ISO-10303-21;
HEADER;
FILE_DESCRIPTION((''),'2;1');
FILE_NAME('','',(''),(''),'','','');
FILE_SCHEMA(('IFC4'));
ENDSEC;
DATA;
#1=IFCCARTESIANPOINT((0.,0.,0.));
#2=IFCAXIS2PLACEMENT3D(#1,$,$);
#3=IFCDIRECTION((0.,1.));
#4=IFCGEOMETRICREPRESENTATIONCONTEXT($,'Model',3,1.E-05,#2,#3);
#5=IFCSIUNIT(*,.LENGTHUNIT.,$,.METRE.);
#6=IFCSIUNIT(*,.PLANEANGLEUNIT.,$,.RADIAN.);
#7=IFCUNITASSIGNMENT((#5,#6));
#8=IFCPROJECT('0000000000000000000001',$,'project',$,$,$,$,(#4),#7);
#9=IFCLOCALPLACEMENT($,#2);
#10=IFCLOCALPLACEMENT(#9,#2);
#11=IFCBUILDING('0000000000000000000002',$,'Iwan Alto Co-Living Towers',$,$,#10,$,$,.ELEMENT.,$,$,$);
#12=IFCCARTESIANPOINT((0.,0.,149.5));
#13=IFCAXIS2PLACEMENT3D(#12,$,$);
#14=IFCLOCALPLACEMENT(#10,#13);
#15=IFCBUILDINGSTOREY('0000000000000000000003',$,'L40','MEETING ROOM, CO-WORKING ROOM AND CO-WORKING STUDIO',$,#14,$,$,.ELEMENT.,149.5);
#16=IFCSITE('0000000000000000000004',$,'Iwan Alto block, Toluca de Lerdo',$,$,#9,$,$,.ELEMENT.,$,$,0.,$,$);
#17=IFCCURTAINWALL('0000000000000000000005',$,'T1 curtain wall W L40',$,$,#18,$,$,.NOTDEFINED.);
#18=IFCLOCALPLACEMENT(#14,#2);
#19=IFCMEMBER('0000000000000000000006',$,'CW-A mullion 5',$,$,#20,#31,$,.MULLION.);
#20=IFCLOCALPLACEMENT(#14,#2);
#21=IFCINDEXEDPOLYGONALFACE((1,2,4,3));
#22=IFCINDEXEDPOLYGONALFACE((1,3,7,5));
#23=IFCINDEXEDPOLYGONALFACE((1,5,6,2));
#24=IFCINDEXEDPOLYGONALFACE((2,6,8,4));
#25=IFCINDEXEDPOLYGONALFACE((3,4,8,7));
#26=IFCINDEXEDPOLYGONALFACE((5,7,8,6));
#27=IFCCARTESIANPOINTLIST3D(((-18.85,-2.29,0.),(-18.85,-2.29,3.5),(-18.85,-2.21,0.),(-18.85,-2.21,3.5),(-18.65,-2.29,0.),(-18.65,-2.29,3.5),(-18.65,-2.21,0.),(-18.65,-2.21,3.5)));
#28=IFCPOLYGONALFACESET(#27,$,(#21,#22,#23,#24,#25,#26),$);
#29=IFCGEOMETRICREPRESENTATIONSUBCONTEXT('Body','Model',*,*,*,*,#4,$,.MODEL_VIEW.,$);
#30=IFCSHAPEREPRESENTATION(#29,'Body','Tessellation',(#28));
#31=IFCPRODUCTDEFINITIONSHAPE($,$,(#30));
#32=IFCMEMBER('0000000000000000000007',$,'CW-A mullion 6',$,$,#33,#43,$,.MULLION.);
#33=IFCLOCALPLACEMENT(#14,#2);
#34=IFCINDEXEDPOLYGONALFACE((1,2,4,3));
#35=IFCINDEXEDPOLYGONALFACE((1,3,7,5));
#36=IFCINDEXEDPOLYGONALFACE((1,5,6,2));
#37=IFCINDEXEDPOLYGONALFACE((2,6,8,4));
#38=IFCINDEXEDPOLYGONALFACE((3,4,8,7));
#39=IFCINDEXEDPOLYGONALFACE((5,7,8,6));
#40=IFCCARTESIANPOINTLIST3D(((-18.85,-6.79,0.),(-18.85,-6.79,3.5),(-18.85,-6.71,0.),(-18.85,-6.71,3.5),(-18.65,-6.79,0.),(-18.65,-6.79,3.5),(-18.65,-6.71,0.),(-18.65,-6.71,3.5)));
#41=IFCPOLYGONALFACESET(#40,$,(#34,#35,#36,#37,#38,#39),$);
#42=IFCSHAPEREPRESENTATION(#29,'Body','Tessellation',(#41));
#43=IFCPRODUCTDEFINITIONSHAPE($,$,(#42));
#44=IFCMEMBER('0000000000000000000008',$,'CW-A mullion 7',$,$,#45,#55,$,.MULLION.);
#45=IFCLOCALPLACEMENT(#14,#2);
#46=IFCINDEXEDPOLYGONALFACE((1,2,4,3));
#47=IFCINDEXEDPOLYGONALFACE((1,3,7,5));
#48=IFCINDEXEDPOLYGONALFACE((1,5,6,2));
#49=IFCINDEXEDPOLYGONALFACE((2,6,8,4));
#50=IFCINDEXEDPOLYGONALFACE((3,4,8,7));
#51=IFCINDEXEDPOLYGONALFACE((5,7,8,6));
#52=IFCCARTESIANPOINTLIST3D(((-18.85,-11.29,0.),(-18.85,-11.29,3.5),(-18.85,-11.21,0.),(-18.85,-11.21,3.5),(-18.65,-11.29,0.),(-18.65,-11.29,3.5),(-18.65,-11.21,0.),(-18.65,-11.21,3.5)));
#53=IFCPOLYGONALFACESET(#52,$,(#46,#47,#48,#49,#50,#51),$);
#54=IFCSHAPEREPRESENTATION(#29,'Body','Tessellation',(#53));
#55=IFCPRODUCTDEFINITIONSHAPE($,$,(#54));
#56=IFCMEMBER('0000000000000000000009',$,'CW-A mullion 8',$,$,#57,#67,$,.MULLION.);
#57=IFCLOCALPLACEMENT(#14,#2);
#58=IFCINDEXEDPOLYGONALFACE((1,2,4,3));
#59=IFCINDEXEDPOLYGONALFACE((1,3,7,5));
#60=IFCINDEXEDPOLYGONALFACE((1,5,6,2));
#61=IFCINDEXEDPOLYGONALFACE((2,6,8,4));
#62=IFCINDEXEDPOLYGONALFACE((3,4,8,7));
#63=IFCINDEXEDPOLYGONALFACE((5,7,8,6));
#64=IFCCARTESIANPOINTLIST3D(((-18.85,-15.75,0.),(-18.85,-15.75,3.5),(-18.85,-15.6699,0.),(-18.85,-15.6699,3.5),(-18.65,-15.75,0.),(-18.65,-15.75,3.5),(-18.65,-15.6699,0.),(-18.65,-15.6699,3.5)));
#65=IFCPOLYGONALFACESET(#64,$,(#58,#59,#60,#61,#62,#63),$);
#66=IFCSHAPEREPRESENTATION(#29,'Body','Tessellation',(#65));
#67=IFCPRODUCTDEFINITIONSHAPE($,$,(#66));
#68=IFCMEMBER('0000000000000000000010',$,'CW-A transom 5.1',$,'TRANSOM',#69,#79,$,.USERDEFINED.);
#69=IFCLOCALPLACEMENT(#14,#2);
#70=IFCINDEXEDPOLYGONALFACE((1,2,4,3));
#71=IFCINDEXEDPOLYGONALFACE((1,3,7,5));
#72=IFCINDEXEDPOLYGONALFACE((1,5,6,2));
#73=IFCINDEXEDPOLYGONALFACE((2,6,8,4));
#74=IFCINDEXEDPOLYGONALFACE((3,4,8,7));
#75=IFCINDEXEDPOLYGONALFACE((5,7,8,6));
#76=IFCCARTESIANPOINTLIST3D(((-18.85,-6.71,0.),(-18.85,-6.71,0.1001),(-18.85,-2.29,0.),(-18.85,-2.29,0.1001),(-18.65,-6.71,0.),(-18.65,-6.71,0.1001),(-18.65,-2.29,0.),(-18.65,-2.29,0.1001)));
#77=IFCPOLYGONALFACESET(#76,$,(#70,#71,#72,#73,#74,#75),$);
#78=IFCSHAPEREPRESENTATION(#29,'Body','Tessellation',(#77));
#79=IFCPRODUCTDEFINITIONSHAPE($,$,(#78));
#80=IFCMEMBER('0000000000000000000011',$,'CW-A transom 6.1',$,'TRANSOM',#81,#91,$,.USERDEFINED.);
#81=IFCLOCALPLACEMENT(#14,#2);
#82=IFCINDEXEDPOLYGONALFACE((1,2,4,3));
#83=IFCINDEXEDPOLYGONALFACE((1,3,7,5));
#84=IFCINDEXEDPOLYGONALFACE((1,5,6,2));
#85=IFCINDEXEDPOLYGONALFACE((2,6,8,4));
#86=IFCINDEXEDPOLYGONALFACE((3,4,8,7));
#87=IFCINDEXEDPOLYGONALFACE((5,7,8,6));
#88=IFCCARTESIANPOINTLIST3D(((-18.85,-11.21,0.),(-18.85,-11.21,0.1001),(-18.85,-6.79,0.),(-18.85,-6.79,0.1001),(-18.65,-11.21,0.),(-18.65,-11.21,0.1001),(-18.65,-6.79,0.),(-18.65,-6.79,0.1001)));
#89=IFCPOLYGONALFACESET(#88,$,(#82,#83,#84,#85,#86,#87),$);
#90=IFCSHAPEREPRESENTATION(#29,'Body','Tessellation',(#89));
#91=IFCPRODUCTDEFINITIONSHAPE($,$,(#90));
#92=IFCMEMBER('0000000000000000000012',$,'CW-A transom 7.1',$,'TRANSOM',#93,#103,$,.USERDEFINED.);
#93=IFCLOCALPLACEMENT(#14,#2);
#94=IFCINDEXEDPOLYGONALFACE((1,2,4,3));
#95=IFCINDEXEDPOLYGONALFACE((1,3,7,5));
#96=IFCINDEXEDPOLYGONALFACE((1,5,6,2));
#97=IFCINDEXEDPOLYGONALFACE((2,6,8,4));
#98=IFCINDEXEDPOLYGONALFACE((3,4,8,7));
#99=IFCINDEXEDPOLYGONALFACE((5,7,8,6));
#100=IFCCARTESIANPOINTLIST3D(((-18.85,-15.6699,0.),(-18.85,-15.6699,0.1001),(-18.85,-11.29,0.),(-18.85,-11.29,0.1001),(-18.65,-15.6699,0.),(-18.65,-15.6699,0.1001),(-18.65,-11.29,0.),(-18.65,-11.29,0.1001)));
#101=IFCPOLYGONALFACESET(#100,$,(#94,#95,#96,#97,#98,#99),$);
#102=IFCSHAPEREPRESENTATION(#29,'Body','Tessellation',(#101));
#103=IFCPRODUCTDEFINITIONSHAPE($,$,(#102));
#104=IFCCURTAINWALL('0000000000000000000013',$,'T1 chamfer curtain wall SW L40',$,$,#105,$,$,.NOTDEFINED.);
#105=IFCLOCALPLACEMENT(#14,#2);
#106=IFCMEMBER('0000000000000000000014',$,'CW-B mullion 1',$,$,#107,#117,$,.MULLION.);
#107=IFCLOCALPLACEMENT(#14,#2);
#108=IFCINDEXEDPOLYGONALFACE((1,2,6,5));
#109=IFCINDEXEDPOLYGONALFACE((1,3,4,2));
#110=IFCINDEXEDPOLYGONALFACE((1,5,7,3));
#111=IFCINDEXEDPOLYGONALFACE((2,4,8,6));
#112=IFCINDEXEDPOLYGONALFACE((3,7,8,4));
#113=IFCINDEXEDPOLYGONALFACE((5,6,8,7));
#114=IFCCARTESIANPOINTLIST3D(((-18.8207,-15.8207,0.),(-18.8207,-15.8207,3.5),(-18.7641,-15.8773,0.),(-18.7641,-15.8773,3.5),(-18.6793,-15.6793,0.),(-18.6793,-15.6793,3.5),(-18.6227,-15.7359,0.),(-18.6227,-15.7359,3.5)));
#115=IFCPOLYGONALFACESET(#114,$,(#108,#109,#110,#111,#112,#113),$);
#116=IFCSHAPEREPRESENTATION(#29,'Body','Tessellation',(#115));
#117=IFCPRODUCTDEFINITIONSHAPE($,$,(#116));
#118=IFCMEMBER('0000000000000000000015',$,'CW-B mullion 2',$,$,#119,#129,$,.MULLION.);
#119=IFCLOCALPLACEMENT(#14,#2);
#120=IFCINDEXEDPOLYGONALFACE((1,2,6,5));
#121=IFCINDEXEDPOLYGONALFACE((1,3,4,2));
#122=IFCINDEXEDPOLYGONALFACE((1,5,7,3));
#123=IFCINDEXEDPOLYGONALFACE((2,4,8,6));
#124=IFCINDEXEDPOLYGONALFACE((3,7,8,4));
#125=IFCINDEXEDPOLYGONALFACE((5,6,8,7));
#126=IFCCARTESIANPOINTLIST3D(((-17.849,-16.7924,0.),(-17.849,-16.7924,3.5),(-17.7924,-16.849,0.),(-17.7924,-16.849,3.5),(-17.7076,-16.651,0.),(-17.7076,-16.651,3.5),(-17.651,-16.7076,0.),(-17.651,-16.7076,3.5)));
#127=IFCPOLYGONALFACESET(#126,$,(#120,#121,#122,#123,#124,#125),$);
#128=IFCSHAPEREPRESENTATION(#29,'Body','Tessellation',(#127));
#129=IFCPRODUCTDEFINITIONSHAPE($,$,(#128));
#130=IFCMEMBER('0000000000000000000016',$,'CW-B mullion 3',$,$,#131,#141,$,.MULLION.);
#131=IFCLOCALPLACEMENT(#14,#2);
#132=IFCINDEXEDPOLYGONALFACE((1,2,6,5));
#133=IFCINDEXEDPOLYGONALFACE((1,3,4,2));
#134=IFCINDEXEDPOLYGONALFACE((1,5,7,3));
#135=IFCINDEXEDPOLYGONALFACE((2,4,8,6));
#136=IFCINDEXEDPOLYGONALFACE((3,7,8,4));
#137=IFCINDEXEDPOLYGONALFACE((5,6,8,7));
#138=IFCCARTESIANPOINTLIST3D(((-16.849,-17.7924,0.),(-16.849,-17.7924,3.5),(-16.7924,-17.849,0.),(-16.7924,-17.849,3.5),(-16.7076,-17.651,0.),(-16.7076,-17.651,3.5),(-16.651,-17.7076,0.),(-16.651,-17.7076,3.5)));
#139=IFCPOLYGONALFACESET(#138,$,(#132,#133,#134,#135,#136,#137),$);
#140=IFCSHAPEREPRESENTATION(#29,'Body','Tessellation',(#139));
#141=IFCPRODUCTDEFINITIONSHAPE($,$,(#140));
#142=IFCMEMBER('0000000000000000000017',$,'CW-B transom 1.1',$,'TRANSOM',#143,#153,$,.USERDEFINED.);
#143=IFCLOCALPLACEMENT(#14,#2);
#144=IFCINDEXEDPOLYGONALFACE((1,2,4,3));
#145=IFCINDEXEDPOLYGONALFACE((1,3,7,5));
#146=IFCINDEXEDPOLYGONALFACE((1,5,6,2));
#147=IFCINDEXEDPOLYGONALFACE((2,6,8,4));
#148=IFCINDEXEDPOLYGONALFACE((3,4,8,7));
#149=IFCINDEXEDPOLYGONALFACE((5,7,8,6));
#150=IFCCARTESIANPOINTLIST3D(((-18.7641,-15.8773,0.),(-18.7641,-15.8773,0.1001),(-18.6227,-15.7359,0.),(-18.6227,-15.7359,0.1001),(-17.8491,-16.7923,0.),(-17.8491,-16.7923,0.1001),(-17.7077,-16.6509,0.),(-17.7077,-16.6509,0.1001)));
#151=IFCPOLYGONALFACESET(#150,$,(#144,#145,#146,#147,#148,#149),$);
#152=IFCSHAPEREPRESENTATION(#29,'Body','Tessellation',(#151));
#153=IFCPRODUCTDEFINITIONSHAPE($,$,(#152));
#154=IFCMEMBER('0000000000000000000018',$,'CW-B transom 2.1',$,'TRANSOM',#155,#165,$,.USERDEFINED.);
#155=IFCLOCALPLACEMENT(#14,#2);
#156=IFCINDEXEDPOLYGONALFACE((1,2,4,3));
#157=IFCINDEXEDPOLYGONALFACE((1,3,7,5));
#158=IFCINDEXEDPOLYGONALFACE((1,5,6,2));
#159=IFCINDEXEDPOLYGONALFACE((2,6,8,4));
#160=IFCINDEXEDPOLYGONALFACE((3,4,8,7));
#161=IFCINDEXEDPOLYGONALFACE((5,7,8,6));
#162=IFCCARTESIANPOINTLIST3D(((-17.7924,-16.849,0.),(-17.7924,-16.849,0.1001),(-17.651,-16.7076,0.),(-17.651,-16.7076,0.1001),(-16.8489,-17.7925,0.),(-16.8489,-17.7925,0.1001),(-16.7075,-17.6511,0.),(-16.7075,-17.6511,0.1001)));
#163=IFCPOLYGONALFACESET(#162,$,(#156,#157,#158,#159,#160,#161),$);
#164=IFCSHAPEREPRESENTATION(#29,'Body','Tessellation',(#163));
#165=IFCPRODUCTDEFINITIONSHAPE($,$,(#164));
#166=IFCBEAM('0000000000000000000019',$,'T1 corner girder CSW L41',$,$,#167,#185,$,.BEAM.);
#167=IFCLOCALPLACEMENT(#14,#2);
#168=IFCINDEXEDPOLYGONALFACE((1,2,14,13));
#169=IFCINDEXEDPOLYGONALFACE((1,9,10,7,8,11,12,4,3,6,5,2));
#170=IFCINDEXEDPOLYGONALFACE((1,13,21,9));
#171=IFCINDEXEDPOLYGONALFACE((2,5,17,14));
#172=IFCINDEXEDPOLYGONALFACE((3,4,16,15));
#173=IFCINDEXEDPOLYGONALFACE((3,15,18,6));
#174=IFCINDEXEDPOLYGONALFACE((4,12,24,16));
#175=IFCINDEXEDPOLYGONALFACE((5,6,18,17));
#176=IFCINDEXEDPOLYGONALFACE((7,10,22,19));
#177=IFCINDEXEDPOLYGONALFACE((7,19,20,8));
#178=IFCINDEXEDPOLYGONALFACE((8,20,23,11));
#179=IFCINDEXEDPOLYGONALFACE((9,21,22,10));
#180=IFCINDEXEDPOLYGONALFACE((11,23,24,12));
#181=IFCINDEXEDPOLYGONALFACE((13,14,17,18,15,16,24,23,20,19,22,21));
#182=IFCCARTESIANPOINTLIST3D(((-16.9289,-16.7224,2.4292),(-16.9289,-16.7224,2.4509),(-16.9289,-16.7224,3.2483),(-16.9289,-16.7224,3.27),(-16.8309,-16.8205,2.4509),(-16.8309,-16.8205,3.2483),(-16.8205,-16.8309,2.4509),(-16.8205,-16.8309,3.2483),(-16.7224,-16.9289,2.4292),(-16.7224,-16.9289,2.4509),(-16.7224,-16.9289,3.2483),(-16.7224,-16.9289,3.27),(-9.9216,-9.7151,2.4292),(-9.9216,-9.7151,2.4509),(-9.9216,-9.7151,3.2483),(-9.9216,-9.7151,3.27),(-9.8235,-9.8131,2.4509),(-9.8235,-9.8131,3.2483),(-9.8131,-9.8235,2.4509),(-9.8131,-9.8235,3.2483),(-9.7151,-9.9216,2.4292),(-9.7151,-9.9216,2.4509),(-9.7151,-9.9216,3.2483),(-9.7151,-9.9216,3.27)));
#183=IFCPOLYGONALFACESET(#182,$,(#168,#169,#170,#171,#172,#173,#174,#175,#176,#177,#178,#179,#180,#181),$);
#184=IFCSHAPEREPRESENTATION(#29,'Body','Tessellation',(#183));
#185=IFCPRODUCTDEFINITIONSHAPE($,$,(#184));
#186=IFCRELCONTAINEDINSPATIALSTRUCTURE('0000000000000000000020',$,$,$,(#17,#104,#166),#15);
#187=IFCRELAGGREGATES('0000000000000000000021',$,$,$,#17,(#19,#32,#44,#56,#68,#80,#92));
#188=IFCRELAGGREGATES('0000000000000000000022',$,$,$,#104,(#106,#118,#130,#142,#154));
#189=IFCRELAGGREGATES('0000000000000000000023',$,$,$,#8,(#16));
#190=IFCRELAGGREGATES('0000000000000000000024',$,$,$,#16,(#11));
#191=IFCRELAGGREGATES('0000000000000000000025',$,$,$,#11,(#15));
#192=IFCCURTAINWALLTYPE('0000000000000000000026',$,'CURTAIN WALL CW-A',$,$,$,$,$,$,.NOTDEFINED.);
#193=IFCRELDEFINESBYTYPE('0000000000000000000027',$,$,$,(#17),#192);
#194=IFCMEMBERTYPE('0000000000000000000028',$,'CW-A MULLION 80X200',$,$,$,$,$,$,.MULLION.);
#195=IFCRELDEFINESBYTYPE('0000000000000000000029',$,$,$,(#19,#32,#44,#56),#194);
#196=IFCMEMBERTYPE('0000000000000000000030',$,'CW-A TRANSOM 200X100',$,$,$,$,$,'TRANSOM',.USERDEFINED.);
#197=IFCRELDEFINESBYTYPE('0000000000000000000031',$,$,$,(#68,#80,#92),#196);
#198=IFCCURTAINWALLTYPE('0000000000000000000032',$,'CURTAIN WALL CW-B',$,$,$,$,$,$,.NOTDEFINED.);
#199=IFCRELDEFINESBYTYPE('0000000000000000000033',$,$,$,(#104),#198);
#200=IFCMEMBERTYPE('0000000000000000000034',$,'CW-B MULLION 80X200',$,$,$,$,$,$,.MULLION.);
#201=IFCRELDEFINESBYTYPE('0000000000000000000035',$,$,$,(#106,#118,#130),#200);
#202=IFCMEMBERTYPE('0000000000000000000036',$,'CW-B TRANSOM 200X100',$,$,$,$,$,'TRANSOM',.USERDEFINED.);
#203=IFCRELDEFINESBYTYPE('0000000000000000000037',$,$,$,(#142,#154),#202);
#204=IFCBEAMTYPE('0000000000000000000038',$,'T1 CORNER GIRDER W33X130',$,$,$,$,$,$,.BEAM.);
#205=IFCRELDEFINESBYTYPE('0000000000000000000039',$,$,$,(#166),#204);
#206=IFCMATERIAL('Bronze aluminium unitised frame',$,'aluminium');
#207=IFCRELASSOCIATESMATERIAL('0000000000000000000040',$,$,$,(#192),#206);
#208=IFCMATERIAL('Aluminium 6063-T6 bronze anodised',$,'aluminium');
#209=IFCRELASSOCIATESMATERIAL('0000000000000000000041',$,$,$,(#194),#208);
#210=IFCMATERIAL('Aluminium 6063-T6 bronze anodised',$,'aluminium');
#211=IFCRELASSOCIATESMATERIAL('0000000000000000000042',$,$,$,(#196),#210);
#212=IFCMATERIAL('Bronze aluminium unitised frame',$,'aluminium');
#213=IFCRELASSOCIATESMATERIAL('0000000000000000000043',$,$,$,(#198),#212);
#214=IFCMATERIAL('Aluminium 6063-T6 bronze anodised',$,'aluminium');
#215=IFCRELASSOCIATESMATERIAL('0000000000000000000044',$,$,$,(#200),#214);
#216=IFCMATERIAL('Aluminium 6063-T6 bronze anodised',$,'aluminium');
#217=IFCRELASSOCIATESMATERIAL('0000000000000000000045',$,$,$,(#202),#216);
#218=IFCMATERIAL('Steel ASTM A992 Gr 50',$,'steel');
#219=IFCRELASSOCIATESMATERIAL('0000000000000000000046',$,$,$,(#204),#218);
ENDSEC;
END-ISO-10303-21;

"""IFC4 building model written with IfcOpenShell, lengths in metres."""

from ifc_helpers import new_model, si_unit, direction, frame, origin, origin_2d, place, context, subcontext, project, spatial, rectangle, i_section, extrude, material, material_profile, profile_set, type_object, element, aggregate, save


model = new_model("IFC4")

# Units and contexts
model_context = context("Model", 3, precision=1e-05, world=origin(), true_north=direction((0.0, 1.0)))
body_context = subcontext(model_context, "Body", "Model", "MODEL_VIEW")
ifc_project = project(units=[si_unit("LENGTHUNIT", "METRE"), si_unit("PLANEANGLEUNIT", "RADIAN")], contexts=[model_context])

# Site, building, storey
site_placement = place(None, origin())
site = spatial("IfcSite", under=ifc_project, at=site_placement, Name="Iwan Alto block, Toluca de Lerdo", CompositionType="ELEMENT", RefElevation=0.0)
building_placement = place(site_placement, origin())
building = spatial("IfcBuilding", under=site, at=building_placement, Name="Iwan Alto Co-Living Towers", CompositionType="ELEMENT")
storey_placement = place(building_placement, frame((0.0, 0.0, 149.5)))
storey = spatial("IfcBuildingStorey", under=building, at=storey_placement, Name="L40", Description="MEETING ROOM, CO-WORKING ROOM AND CO-WORKING STUDIO", CompositionType="ELEMENT", Elevation=149.5)

# Curtain walls, members
ifc_material_1 = material(Name="Bronze aluminium unitised frame", Category="aluminium")
curtain_wall_type_1 = type_object("IfcCurtainWallType", Name="CURTAIN WALL CW-A", PredefinedType="NOTDEFINED", material=ifc_material_1)
curtain_wall_1_placement = place(storey_placement, origin())
curtain_wall_1 = element("IfcCurtainWall", 1, at=curtain_wall_1_placement, inside=storey, type_object=curtain_wall_type_1, Name="T1 curtain wall W L40", PredefinedType="NOTDEFINED")
ifc_material_2 = material(Name="Aluminium 6063-T6 bronze anodised", Category="aluminium")
ifc_material_profile_1 = material_profile(ifc_material_2, rectangle(XDim=0.2, YDim=0.0801, at=origin_2d()), Name="AL 80X200")
ifc_profile_set_1 = profile_set([ifc_material_profile_1], Name="Aluminium 6063-T6 bronze anodised")
member_type_1 = type_object("IfcMemberType", Name="CW-A MULLION 80X200", PredefinedType="MULLION", material=ifc_profile_set_1)
member_1_placement = place(storey_placement, frame((-18.75, -2.25, 0.0), z_axis=(0.0, 0.0, 1.0), x_axis=(1.0, 0.0, 0.0)))
member_1 = element("IfcMember", 2, at=member_1_placement, type_object=member_type_1, Name="CW-A mullion 5", PredefinedType="MULLION", context=body_context, shape_type="SweptSolid", body=[
    extrude(rectangle(XDim=0.2, YDim=0.0801, at=origin_2d()), origin(), (0.0, 0.0, 1.0), 3.5),
])
member_2_placement = place(storey_placement, frame((-18.75, -6.75, 0.0), z_axis=(0.0, 0.0, 1.0), x_axis=(1.0, 0.0, 0.0)))
member_2 = element("IfcMember", 3, at=member_2_placement, type_object=member_type_1, Name="CW-A mullion 6", PredefinedType="MULLION", context=body_context, shape_type="SweptSolid", body=[
    extrude(rectangle(XDim=0.2, YDim=0.0801, at=origin_2d()), origin(), (0.0, 0.0, 1.0), 3.5),
])
member_3_placement = place(storey_placement, frame((-18.75, -11.25, 0.0), z_axis=(0.0, 0.0, 1.0), x_axis=(1.0, 0.0, 0.0)))
member_3 = element("IfcMember", 4, at=member_3_placement, type_object=member_type_1, Name="CW-A mullion 7", PredefinedType="MULLION", context=body_context, shape_type="SweptSolid", body=[
    extrude(rectangle(XDim=0.2, YDim=0.0801, at=origin_2d()), origin(), (0.0, 0.0, 1.0), 3.5),
])
member_4_placement = place(storey_placement, frame((-18.75, -15.71, 0.0), z_axis=(0.0, 0.0, 1.0), x_axis=(1.0, 0.0, 0.0)))
member_4 = element("IfcMember", 5, at=member_4_placement, type_object=member_type_1, Name="CW-A mullion 8", PredefinedType="MULLION", context=body_context, shape_type="SweptSolid", body=[
    extrude(rectangle(XDim=0.2, YDim=0.0801, at=origin_2d()), origin(), (0.0, 0.0, 1.0), 3.5),
])
ifc_material_3 = material(Name="Aluminium 6063-T6 bronze anodised", Category="aluminium")
ifc_material_profile_2 = material_profile(ifc_material_3, rectangle(XDim=0.2, YDim=0.1001, at=origin_2d()), Name="AL 200X100")
ifc_profile_set_2 = profile_set([ifc_material_profile_2], Name="Aluminium 6063-T6 bronze anodised")
member_type_2 = type_object("IfcMemberType", Name="CW-A TRANSOM 200X100", ElementType="TRANSOM", PredefinedType="USERDEFINED", material=ifc_profile_set_2)
member_5_placement = place(storey_placement, frame((-18.75, -2.29, 0.05), z_axis=(0.0, -1.0, 0.0), x_axis=(1.0, 0.0, 0.0)))
member_5 = element("IfcMember", 6, at=member_5_placement, type_object=member_type_2, Name="CW-A transom 5.1", ObjectType="TRANSOM", PredefinedType="USERDEFINED", context=body_context, shape_type="SweptSolid", body=[
    extrude(rectangle(XDim=0.2, YDim=0.1001, at=origin_2d()), origin(), (0.0, 0.0, 1.0), 4.4199),
])
member_6_placement = place(storey_placement, frame((-18.75, -6.79, 0.05), z_axis=(0.0, -1.0, 0.0), x_axis=(1.0, 0.0, 0.0)))
member_6 = element("IfcMember", 7, at=member_6_placement, type_object=member_type_2, Name="CW-A transom 6.1", ObjectType="TRANSOM", PredefinedType="USERDEFINED", context=body_context, shape_type="SweptSolid", body=[
    extrude(rectangle(XDim=0.2, YDim=0.1001, at=origin_2d()), origin(), (0.0, 0.0, 1.0), 4.4199),
])
member_7_placement = place(storey_placement, frame((-18.75, -11.29, 0.05), z_axis=(0.0, -1.0, 0.0), x_axis=(1.0, 0.0, 0.0)))
member_7 = element("IfcMember", 8, at=member_7_placement, type_object=member_type_2, Name="CW-A transom 7.1", ObjectType="TRANSOM", PredefinedType="USERDEFINED", context=body_context, shape_type="SweptSolid", body=[
    extrude(rectangle(XDim=0.2, YDim=0.1001, at=origin_2d()), origin(), (0.0, 0.0, 1.0), 4.3799),
])
ifc_material_4 = material(Name="Bronze aluminium unitised frame", Category="aluminium")
curtain_wall_type_2 = type_object("IfcCurtainWallType", Name="CURTAIN WALL CW-B", PredefinedType="NOTDEFINED", material=ifc_material_4)
curtain_wall_2_placement = place(storey_placement, origin())
curtain_wall_2 = element("IfcCurtainWall", 9, at=curtain_wall_2_placement, inside=storey, type_object=curtain_wall_type_2, Name="T1 chamfer curtain wall SW L40", PredefinedType="NOTDEFINED")
ifc_material_5 = material(Name="Aluminium 6063-T6 bronze anodised", Category="aluminium")
ifc_material_profile_3 = material_profile(ifc_material_5, rectangle(XDim=0.2, YDim=0.0801, at=origin_2d()), Name="AL 80X200")
ifc_profile_set_3 = profile_set([ifc_material_profile_3], Name="Aluminium 6063-T6 bronze anodised")
member_type_3 = type_object("IfcMemberType", Name="CW-B MULLION 80X200", PredefinedType="MULLION", material=ifc_profile_set_3)
member_8_placement = place(storey_placement, frame((-18.7217, -15.7783, 0.0), z_axis=(0.0, 0.0, 1.0), x_axis=(0.707107, 0.707107, 0.0)))
member_8 = element("IfcMember", 10, at=member_8_placement, type_object=member_type_3, Name="CW-B mullion 1", PredefinedType="MULLION", context=body_context, shape_type="SweptSolid", body=[
    extrude(rectangle(XDim=0.2, YDim=0.0801, at=origin_2d()), origin(), (0.0, 0.0, 1.0), 3.5),
])
member_9_placement = place(storey_placement, frame((-17.75, -16.75, 0.0), z_axis=(0.0, 0.0, 1.0), x_axis=(0.707107, 0.707107, 0.0)))
member_9 = element("IfcMember", 11, at=member_9_placement, type_object=member_type_3, Name="CW-B mullion 2", PredefinedType="MULLION", context=body_context, shape_type="SweptSolid", body=[
    extrude(rectangle(XDim=0.2, YDim=0.0801, at=origin_2d()), origin(), (0.0, 0.0, 1.0), 3.5),
])
member_10_placement = place(storey_placement, frame((-16.75, -17.75, 0.0), z_axis=(0.0, 0.0, 1.0), x_axis=(0.707107, 0.707107, 0.0)))
member_10 = element("IfcMember", 12, at=member_10_placement, type_object=member_type_3, Name="CW-B mullion 3", PredefinedType="MULLION", context=body_context, shape_type="SweptSolid", body=[
    extrude(rectangle(XDim=0.2, YDim=0.0801, at=origin_2d()), origin(), (0.0, 0.0, 1.0), 3.5),
])
ifc_material_6 = material(Name="Aluminium 6063-T6 bronze anodised", Category="aluminium")
ifc_material_profile_4 = material_profile(ifc_material_6, rectangle(XDim=0.2, YDim=0.1001, at=origin_2d()), Name="AL 200X100")
ifc_profile_set_4 = profile_set([ifc_material_profile_4], Name="Aluminium 6063-T6 bronze anodised")
member_type_4 = type_object("IfcMemberType", Name="CW-B TRANSOM 200X100", ElementType="TRANSOM", PredefinedType="USERDEFINED", material=ifc_profile_set_4)
member_11_placement = place(storey_placement, frame((-18.6934, -15.8066, 0.05), z_axis=(0.707107, -0.707107, 0.0), x_axis=(0.707107, 0.707107, 0.0)))
member_11 = element("IfcMember", 13, at=member_11_placement, type_object=member_type_4, Name="CW-B transom 1.1", ObjectType="TRANSOM", PredefinedType="USERDEFINED", context=body_context, shape_type="SweptSolid", body=[
    extrude(rectangle(XDim=0.2, YDim=0.1001, at=origin_2d()), origin(), (0.0, 0.0, 1.0), 1.2939),
])
member_12_placement = place(storey_placement, frame((-17.7217, -16.7783, 0.05), z_axis=(0.707107, -0.707107, 0.0), x_axis=(0.707107, 0.707107, 0.0)))
member_12 = element("IfcMember", 14, at=member_12_placement, type_object=member_type_4, Name="CW-B transom 2.1", ObjectType="TRANSOM", PredefinedType="USERDEFINED", context=body_context, shape_type="SweptSolid", body=[
    extrude(rectangle(XDim=0.2, YDim=0.1001, at=origin_2d()), origin(), (0.0, 0.0, 1.0), 1.3342),
])

# Beam
ifc_material_7 = material(Name="Steel ASTM A992 Gr 50", Category="steel")
ifc_material_profile_5 = material_profile(ifc_material_7, i_section(OverallWidth=0.292, OverallDepth=0.8408, WebThickness=0.0146, FlangeThickness=0.0217, at=origin_2d()), Name="W33X130")
ifc_profile_set_5 = profile_set([ifc_material_profile_5], Name="Steel ASTM A992 Gr 50")
beam_type_1 = type_object("IfcBeamType", Name="T1 CORNER GIRDER W33X130", PredefinedType="BEAM", material=ifc_profile_set_5)
beam_1_placement = place(storey_placement, frame((-16.8257, -16.8257, 2.8496), z_axis=(0.707107, 0.707107, 0.0), x_axis=(-0.707107, 0.707107, 0.0)))
element("IfcBeam", 15, at=beam_1_placement, inside=storey, type_object=beam_type_1, Name="T1 corner girder CSW L41", PredefinedType="BEAM", context=body_context, shape_type="SweptSolid", body=[
    extrude(i_section(OverallWidth=0.292, OverallDepth=0.8408, WebThickness=0.0146, FlangeThickness=0.0217, at=origin_2d()), origin(), (0.0, 0.0, 1.0), 9.9099),
])

aggregate(curtain_wall_1, [member_1, member_2, member_3, member_4, member_5, member_6, member_7])
aggregate(curtain_wall_2, [member_8, member_9, member_10, member_11, member_12])

save(model, "model.ifc")
